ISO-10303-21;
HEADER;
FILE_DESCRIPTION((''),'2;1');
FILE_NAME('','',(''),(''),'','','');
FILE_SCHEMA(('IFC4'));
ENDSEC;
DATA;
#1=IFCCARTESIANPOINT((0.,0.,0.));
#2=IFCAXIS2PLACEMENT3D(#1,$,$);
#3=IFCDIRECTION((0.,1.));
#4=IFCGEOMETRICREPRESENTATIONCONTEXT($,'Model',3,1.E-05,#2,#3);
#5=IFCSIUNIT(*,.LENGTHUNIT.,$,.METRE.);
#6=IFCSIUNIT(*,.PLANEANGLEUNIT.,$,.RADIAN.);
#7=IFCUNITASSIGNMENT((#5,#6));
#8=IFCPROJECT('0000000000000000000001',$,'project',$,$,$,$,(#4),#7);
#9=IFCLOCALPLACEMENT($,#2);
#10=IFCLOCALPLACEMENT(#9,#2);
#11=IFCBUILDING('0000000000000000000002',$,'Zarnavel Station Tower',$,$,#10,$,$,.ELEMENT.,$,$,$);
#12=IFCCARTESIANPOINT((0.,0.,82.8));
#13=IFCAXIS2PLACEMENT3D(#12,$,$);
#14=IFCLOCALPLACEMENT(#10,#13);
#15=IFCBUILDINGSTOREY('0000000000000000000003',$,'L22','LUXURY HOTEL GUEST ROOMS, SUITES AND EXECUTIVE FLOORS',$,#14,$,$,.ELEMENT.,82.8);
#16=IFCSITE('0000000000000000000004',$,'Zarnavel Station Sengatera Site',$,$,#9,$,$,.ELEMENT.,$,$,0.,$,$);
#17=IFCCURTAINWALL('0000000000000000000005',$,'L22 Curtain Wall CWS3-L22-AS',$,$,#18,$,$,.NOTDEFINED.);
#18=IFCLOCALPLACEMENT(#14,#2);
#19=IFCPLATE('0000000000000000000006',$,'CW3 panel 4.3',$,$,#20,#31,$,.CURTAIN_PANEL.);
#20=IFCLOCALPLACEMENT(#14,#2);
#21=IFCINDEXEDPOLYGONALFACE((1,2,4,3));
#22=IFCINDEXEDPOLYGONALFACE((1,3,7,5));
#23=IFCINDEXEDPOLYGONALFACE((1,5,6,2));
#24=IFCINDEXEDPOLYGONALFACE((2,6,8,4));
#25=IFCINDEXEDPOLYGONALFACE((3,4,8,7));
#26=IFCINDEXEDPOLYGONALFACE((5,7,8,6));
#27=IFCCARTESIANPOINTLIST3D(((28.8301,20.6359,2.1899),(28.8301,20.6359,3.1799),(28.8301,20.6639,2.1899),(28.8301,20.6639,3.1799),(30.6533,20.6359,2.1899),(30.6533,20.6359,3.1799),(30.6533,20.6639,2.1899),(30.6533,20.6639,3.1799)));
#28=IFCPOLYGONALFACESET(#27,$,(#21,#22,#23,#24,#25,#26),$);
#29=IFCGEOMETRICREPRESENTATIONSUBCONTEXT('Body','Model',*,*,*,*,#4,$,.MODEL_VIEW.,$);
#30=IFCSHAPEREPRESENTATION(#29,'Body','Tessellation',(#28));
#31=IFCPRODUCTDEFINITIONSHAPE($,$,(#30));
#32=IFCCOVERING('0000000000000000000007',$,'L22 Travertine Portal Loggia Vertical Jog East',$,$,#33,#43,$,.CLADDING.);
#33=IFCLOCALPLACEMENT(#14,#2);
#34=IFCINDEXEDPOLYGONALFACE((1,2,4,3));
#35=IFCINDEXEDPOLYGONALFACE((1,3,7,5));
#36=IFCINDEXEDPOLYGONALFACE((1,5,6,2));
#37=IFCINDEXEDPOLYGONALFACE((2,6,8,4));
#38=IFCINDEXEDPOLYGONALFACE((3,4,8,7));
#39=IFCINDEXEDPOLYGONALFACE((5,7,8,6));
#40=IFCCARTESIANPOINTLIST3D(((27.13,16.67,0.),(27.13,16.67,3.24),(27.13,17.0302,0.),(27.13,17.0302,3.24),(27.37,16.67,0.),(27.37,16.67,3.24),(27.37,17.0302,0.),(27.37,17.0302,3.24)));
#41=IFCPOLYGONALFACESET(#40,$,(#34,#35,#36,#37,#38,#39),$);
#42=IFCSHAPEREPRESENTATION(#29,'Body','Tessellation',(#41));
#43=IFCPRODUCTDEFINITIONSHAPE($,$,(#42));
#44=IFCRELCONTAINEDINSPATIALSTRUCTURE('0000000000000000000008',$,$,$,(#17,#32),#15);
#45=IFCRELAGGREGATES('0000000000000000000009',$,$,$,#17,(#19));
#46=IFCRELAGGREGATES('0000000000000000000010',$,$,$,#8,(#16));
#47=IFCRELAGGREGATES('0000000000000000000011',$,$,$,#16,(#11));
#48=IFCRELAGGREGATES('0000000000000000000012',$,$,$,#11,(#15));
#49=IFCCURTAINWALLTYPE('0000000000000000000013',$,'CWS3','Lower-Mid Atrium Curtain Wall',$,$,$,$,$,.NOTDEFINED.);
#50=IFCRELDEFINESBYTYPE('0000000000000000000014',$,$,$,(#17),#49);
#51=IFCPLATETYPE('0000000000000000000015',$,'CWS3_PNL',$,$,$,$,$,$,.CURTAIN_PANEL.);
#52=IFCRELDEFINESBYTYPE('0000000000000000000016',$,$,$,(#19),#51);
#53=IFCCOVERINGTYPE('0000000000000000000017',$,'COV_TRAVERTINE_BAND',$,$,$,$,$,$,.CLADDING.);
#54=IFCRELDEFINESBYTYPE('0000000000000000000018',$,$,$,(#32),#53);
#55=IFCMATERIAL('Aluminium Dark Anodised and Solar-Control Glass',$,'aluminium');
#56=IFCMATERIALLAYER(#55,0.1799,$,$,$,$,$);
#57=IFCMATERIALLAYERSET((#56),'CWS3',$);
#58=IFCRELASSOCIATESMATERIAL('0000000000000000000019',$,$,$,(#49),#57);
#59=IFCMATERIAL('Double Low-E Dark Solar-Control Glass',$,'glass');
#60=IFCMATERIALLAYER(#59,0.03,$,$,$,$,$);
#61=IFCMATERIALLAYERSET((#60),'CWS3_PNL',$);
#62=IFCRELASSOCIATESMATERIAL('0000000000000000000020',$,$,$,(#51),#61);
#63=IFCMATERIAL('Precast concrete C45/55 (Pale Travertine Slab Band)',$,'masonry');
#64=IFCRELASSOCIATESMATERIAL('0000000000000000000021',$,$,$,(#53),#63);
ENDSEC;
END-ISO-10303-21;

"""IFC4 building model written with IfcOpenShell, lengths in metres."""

from ifc_helpers import new_model, si_unit, direction, frame, origin, origin_2d, place, context, subcontext, project, spatial, rectangle, extrude, material, layer, layer_set, type_object, element, aggregate, save


model = new_model("IFC4")

# Units and contexts
model_context = context("Model", 3, precision=1e-05, world=origin(), true_north=direction((0.0, 1.0)))
body_context = subcontext(model_context, "Body", "Model", "MODEL_VIEW")
ifc_project = project(units=[si_unit("LENGTHUNIT", "METRE"), si_unit("PLANEANGLEUNIT", "RADIAN")], contexts=[model_context])

# Site, building, storey
site_placement = place(None, origin())
site = spatial("IfcSite", under=ifc_project, at=site_placement, Name="Zarnavel Station Sengatera Site", CompositionType="ELEMENT", RefElevation=0.0)
building_placement = place(site_placement, origin())
building = spatial("IfcBuilding", under=site, at=building_placement, Name="Zarnavel Station Tower", CompositionType="ELEMENT")
storey_placement = place(building_placement, frame((0.0, 0.0, 82.8)))
storey = spatial("IfcBuildingStorey", under=building, at=storey_placement, Name="L22", Description="LUXURY HOTEL GUEST ROOMS, SUITES AND EXECUTIVE FLOORS", CompositionType="ELEMENT", Elevation=82.8)

# Curtain wall
ifc_material_1 = material(Name="Aluminium Dark Anodised and Solar-Control Glass", Category="aluminium")
ifc_layer_1 = layer(ifc_material_1, 0.1799)
ifc_layer_set_1 = layer_set([ifc_layer_1], Name="CWS3")
curtain_wall_type_1 = type_object("IfcCurtainWallType", Name="CWS3", Description="Lower-Mid Atrium Curtain Wall", PredefinedType="NOTDEFINED", material=ifc_layer_set_1)
curtain_wall_1_placement = place(storey_placement, origin())
curtain_wall_1 = element("IfcCurtainWall", 1, at=curtain_wall_1_placement, inside=storey, type_object=curtain_wall_type_1, Name="L22 Curtain Wall CWS3-L22-AS", PredefinedType="NOTDEFINED")

# Plate
ifc_material_2 = material(Name="Double Low-E Dark Solar-Control Glass", Category="glass")
ifc_layer_2 = layer(ifc_material_2, 0.03)
ifc_layer_set_2 = layer_set([ifc_layer_2], Name="CWS3_PNL")
plate_type = type_object("IfcPlateType", Name="CWS3_PNL", PredefinedType="CURTAIN_PANEL", material=ifc_layer_set_2)
plate_1_placement = place(storey_placement, frame((29.7417, 20.6499, 2.1899), z_axis=(0.0, 0.0, 1.0), x_axis=(1.0, 0.0, 0.0)))
plate_1 = element("IfcPlate", 2, at=plate_1_placement, type_object=plate_type, Name="CW3 panel 4.3", PredefinedType="CURTAIN_PANEL", context=body_context, shape_type="SweptSolid", body=[
    extrude(rectangle(XDim=1.8232, YDim=0.0281, at=origin_2d()), origin(), (0.0, 0.0, 1.0), 0.99),
])
aggregate(curtain_wall_1, [plate_1])

# Covering
ifc_material_3 = material(Name="Precast concrete C45/55 (Pale Travertine Slab Band)", Category="masonry")
covering_type = type_object("IfcCoveringType", Name="COV_TRAVERTINE_BAND", PredefinedType="CLADDING", material=ifc_material_3)
covering_placement = place(storey_placement, frame((27.25, 16.8501, 0.0), z_axis=(0.0, 0.0, 1.0), x_axis=(1.0, 0.0, 0.0)))
element("IfcCovering", 3, at=covering_placement, inside=storey, type_object=covering_type, Name="L22 Travertine Portal Loggia Vertical Jog East", PredefinedType="CLADDING", context=body_context, shape_type="SweptSolid", body=[
    extrude(rectangle(XDim=0.24, YDim=0.3601, at=origin_2d()), origin(), (0.0, 0.0, 1.0), 3.24),
])

save(model, "model.ifc")
